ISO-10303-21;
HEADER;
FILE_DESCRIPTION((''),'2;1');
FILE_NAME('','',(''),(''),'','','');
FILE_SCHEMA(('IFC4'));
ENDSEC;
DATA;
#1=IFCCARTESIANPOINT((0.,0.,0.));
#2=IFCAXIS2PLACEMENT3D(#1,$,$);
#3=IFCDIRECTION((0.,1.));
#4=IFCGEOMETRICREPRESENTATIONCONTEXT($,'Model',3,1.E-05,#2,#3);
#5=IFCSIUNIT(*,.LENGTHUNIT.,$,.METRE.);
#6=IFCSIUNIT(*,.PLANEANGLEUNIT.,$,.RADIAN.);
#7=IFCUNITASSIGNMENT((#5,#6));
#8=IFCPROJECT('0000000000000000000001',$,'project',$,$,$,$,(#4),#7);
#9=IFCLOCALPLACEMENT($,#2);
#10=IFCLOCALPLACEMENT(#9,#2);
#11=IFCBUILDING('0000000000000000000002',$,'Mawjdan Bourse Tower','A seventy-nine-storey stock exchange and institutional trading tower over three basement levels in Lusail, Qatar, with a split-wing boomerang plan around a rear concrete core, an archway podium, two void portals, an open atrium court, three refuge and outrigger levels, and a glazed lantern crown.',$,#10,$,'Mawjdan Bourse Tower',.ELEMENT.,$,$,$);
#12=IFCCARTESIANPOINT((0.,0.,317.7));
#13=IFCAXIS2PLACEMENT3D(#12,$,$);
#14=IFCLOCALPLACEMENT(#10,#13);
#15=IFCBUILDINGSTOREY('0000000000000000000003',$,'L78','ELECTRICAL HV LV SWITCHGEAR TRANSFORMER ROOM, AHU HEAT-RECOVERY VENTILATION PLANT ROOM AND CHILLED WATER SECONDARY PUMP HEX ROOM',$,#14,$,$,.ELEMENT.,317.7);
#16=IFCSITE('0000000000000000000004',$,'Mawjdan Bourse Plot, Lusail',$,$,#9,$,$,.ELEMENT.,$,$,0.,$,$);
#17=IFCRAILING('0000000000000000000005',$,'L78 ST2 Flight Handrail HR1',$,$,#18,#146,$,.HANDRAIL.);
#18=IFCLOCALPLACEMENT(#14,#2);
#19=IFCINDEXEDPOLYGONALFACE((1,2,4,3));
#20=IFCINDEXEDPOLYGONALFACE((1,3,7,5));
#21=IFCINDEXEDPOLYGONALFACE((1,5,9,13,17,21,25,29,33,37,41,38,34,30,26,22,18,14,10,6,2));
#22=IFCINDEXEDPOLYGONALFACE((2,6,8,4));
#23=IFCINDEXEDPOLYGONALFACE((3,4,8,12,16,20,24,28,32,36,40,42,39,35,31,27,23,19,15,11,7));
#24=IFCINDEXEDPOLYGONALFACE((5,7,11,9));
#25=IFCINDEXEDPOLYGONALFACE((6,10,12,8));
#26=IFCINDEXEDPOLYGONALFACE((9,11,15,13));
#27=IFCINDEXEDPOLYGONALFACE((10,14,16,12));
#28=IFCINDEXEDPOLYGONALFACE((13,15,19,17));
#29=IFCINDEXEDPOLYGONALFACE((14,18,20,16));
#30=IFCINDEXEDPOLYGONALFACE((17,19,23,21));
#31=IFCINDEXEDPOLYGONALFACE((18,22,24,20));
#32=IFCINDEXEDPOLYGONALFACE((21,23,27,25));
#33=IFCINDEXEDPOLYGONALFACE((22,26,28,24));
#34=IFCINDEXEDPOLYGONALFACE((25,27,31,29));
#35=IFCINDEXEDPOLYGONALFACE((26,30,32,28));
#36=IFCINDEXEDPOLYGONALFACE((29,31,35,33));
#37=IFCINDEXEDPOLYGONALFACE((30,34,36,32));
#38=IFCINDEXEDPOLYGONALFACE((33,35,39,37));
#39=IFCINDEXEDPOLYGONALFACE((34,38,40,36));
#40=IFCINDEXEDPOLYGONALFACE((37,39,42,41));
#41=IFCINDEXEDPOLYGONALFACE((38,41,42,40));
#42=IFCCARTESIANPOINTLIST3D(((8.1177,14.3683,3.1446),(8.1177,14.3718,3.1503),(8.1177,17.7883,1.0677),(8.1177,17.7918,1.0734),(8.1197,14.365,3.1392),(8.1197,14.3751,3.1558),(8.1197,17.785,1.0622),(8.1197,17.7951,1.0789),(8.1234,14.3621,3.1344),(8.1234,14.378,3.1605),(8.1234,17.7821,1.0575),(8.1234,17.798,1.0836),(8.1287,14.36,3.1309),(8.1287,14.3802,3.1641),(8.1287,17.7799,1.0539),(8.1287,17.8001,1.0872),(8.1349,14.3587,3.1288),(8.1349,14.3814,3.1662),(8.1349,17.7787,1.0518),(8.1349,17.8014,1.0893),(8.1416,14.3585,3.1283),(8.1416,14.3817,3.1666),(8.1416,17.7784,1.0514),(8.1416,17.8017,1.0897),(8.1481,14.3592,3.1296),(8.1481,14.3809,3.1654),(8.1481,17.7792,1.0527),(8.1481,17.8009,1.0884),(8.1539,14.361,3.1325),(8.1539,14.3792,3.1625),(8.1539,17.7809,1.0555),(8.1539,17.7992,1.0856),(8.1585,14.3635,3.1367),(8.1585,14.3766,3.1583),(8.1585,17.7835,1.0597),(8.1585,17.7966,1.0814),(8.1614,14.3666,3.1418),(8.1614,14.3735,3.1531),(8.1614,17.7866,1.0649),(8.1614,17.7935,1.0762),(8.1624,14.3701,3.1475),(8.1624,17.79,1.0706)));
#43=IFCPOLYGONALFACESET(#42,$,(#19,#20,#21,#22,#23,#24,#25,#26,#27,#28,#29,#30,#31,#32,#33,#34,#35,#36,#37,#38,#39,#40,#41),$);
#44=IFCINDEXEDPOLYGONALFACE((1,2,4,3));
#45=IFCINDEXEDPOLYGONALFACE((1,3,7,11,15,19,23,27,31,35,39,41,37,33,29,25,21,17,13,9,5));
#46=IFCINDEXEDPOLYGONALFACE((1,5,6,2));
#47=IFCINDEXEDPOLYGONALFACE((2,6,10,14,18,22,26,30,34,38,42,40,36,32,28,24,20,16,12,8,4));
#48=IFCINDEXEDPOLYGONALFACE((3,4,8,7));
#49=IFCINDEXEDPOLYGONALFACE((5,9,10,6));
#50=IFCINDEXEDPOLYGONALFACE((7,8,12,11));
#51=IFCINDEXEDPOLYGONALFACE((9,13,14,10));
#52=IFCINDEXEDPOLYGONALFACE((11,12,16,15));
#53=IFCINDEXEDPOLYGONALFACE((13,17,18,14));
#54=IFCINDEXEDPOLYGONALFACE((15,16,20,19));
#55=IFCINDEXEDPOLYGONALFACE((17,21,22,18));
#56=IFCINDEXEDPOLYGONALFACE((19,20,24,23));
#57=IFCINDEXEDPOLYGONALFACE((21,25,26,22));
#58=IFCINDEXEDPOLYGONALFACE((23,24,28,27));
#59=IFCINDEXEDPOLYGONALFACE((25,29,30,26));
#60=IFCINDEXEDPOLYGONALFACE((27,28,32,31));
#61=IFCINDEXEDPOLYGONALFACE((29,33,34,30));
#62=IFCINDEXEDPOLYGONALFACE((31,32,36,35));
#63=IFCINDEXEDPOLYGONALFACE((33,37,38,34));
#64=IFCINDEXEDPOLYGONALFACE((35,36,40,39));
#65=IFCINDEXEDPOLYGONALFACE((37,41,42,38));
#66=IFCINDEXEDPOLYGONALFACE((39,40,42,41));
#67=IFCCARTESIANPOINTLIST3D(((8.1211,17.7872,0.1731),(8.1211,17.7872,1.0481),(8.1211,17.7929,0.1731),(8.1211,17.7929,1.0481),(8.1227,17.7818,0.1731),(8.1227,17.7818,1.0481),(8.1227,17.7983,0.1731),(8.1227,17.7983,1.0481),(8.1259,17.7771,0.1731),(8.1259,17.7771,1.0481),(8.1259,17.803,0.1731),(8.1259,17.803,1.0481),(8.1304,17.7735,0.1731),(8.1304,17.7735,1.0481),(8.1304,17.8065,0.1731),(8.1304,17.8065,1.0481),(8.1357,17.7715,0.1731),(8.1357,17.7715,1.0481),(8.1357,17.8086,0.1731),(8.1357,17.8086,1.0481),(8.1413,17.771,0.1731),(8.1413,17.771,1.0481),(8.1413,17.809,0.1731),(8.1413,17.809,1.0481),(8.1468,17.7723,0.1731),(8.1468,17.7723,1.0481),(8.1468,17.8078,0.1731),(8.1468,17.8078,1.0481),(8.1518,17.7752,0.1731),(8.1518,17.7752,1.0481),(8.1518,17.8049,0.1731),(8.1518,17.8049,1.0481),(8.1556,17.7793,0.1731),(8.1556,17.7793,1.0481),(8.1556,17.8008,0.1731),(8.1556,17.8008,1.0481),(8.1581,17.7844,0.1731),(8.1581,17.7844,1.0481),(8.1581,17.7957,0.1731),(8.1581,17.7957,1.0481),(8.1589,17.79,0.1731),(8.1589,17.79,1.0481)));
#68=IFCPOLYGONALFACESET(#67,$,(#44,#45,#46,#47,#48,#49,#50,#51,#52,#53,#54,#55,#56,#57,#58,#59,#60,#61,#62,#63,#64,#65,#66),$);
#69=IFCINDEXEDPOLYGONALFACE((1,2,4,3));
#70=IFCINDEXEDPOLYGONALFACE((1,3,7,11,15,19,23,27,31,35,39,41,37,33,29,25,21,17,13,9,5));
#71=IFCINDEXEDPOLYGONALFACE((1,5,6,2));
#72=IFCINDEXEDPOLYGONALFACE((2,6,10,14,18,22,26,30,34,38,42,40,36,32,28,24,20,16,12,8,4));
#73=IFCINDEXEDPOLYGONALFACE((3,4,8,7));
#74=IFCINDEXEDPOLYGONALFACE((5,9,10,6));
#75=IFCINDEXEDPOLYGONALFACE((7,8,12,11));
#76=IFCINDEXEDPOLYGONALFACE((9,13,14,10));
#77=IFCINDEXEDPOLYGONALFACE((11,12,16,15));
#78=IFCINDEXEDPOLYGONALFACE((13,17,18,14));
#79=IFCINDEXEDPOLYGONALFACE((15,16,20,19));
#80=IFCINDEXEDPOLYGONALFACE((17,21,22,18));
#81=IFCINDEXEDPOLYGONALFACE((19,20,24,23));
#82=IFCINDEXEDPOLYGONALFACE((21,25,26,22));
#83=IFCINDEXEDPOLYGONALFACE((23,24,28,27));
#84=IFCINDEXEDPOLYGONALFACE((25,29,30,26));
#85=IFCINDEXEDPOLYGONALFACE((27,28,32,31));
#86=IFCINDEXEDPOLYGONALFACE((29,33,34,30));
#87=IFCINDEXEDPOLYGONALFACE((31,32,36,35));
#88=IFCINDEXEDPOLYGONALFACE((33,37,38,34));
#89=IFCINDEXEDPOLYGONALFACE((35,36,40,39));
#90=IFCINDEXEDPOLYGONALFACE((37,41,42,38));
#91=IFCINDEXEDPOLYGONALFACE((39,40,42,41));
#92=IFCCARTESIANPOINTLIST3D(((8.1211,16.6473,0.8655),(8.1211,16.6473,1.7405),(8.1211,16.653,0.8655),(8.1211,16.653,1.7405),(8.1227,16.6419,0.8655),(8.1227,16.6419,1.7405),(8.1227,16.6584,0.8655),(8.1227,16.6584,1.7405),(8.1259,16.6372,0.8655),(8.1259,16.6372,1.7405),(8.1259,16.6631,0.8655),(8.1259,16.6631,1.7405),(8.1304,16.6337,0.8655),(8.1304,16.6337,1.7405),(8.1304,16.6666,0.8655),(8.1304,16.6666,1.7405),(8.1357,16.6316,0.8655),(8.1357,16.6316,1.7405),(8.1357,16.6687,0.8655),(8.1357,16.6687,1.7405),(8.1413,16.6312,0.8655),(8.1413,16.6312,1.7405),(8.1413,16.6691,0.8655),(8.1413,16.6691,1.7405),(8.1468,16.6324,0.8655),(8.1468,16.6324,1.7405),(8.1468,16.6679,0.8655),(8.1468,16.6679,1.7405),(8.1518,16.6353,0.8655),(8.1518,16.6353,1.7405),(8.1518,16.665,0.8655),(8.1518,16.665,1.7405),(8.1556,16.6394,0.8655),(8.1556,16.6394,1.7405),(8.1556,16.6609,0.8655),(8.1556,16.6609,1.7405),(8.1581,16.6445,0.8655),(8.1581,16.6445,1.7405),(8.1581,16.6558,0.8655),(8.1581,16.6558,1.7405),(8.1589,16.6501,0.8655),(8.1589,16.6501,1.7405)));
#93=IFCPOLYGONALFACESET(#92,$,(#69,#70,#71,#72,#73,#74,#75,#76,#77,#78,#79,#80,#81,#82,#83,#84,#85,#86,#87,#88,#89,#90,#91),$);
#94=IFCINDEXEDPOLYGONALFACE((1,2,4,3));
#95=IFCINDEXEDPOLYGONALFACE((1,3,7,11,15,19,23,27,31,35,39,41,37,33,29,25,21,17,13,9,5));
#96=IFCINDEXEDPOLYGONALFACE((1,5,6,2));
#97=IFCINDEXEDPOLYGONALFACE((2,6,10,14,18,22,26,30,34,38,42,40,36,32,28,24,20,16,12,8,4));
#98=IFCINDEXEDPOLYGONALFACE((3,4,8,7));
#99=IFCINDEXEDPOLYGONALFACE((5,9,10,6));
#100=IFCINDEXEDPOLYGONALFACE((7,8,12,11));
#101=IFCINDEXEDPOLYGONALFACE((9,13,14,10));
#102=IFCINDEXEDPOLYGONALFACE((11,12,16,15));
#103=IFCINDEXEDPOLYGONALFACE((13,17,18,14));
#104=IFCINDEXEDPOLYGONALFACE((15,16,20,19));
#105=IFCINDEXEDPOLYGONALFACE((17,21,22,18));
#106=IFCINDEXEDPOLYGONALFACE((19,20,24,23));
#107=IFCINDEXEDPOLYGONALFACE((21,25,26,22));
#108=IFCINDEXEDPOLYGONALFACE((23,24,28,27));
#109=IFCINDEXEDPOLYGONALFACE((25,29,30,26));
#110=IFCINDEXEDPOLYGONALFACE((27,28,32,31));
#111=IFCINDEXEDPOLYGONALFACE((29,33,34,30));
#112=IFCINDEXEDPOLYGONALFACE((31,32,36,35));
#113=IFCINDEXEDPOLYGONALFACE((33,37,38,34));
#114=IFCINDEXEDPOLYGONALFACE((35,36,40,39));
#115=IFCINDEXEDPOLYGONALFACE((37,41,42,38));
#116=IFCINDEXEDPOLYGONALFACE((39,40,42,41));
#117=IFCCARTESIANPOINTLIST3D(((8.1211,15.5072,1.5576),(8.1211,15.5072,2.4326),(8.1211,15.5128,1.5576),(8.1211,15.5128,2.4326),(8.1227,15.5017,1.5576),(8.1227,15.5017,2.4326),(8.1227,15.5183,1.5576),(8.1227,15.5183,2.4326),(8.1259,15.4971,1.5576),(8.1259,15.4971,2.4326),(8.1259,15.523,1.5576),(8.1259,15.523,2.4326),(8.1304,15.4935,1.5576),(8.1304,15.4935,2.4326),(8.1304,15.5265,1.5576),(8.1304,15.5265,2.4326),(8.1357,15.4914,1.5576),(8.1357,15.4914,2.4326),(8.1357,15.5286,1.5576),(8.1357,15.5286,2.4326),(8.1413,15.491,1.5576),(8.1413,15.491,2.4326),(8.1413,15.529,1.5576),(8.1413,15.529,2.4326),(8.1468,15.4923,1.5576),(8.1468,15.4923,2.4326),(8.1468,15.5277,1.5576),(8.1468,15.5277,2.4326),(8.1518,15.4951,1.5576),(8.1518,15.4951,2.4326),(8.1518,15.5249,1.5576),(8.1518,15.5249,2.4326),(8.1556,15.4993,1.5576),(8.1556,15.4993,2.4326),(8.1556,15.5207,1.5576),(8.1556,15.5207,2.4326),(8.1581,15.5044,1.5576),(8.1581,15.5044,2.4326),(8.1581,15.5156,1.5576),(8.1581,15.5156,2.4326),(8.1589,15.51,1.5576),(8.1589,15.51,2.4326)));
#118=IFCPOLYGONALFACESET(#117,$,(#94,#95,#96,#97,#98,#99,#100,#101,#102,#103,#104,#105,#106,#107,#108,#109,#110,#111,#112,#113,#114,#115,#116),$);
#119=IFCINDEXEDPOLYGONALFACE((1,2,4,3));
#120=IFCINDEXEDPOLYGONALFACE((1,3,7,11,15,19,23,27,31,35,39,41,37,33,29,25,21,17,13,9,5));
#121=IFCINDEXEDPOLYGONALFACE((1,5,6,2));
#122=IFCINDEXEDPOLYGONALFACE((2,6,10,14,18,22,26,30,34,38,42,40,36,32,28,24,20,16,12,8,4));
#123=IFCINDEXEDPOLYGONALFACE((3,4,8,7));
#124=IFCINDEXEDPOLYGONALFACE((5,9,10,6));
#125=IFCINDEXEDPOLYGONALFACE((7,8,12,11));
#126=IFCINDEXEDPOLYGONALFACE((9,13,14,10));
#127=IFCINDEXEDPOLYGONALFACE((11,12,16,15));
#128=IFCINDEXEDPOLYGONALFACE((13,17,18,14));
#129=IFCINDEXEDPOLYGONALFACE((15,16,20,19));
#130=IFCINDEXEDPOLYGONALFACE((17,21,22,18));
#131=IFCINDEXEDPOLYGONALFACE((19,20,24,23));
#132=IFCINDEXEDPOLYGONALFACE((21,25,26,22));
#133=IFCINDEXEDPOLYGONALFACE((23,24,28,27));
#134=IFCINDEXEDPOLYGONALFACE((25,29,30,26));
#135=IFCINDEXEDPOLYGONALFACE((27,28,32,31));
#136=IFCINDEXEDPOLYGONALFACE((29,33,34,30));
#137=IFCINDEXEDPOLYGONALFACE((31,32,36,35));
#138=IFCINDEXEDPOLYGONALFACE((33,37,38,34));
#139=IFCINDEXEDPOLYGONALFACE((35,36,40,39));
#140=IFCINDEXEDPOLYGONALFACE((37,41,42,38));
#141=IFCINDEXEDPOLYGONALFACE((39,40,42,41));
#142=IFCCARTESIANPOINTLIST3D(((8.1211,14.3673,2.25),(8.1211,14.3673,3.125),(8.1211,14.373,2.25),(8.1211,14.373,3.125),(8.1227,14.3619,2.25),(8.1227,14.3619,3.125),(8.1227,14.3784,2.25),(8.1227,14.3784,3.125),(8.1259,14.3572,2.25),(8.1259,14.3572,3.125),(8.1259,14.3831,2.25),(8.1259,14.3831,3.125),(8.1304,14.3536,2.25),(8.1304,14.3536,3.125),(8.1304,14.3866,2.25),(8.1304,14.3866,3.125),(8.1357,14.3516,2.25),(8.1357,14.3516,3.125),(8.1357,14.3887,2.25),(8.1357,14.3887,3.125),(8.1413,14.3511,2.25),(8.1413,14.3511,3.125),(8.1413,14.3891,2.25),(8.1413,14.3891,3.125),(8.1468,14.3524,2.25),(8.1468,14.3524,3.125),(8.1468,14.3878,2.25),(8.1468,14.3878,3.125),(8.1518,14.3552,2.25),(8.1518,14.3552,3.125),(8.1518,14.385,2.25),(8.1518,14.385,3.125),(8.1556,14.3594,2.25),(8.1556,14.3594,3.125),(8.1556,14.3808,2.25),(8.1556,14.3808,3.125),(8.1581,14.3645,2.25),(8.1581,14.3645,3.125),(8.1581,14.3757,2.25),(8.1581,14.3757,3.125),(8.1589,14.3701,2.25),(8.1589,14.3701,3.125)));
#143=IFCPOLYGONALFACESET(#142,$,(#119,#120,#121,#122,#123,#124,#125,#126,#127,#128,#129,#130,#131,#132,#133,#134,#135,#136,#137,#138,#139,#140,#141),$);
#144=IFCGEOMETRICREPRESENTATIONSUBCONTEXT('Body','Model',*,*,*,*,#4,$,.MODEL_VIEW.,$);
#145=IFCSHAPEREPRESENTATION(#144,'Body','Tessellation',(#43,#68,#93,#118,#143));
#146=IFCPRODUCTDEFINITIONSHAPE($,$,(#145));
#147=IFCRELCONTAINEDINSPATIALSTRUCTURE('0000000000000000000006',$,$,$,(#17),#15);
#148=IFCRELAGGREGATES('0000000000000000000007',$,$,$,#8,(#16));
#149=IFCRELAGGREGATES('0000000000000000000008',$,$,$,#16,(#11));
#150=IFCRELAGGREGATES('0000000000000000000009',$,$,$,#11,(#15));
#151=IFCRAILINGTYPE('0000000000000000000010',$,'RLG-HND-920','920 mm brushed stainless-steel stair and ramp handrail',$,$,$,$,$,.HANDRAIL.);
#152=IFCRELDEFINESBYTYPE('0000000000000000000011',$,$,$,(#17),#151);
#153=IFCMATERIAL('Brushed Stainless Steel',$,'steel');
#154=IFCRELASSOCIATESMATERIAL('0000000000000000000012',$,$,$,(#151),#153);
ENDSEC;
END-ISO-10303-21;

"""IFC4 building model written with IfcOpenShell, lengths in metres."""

from ifc_helpers import new_model, si_unit, direction, frame, origin, origin_2d, place, context, subcontext, project, spatial, circle, extrude, material, type_object, element, save


model = new_model("IFC4")

# Units and contexts
model_context = context("Model", 3, precision=1e-05, world=origin(), true_north=direction((0.0, 1.0)))
body_context = subcontext(model_context, "Body", "Model", "MODEL_VIEW")
ifc_project = project(units=[si_unit("LENGTHUNIT", "METRE"), si_unit("PLANEANGLEUNIT", "RADIAN")], contexts=[model_context])

# Site, building, storey
site_placement = place(None, origin())
site = spatial("IfcSite", under=ifc_project, at=site_placement, Name="Mawjdan Bourse Plot, Lusail", CompositionType="ELEMENT", RefElevation=0.0)
building_placement = place(site_placement, origin())
building = spatial("IfcBuilding", under=site, at=building_placement, Name="Mawjdan Bourse Tower", Description="A seventy-nine-storey stock exchange and institutional trading tower over three basement levels in Lusail, Qatar, with a split-wing boomerang plan around a rear concrete core, an archway podium, two void portals, an open atrium court, three refuge and outrigger levels, and a glazed lantern crown.", LongName="Mawjdan Bourse Tower", CompositionType="ELEMENT")
storey_placement = place(building_placement, frame((0.0, 0.0, 317.7)))
storey = spatial("IfcBuildingStorey", under=building, at=storey_placement, Name="L78", Description="ELECTRICAL HV LV SWITCHGEAR TRANSFORMER ROOM, AHU HEAT-RECOVERY VENTILATION PLANT ROOM AND CHILLED WATER SECONDARY PUMP HEX ROOM", CompositionType="ELEMENT", Elevation=317.7)

# Railing
ifc_material_1 = material(Name="Brushed Stainless Steel", Category="steel")
railing_type_1 = type_object("IfcRailingType", Name="RLG-HND-920", Description="920 mm brushed stainless-steel stair and ramp handrail", PredefinedType="HANDRAIL", material=ifc_material_1)
railing_1_placement = place(storey_placement, frame((8.1399, 17.79, 0.1731)))
element("IfcRailing", 1, at=railing_1_placement, inside=storey, type_object=railing_type_1, Name="L78 ST2 Flight Handrail HR1", PredefinedType="HANDRAIL", context=body_context, shape_type="SweptSolid", body=[
    extrude(circle(Radius=0.0225, at=origin_2d()), frame((0.0, 0.0, 0.8975), z_axis=(0.0, -0.85473, 0.519074), x_axis=(1.0, 0.0, 0.0)), (0.0, 0.0, 1.0), 4.0012),
    extrude(circle(Radius=0.019, at=origin_2d()), origin(), (0.0, 0.0, 1.0), 0.875),
    extrude(circle(Radius=0.019, at=origin_2d()), frame((0.0, -1.1399, 0.6924)), (0.0, 0.0, 1.0), 0.875),
    extrude(circle(Radius=0.019, at=origin_2d()), frame((0.0, -2.28, 1.3845)), (0.0, 0.0, 1.0), 0.875),
    extrude(circle(Radius=0.019, at=origin_2d()), frame((0.0, -3.4199, 2.0769)), (0.0, 0.0, 1.0), 0.875),
])

save(model, "model.ifc")
